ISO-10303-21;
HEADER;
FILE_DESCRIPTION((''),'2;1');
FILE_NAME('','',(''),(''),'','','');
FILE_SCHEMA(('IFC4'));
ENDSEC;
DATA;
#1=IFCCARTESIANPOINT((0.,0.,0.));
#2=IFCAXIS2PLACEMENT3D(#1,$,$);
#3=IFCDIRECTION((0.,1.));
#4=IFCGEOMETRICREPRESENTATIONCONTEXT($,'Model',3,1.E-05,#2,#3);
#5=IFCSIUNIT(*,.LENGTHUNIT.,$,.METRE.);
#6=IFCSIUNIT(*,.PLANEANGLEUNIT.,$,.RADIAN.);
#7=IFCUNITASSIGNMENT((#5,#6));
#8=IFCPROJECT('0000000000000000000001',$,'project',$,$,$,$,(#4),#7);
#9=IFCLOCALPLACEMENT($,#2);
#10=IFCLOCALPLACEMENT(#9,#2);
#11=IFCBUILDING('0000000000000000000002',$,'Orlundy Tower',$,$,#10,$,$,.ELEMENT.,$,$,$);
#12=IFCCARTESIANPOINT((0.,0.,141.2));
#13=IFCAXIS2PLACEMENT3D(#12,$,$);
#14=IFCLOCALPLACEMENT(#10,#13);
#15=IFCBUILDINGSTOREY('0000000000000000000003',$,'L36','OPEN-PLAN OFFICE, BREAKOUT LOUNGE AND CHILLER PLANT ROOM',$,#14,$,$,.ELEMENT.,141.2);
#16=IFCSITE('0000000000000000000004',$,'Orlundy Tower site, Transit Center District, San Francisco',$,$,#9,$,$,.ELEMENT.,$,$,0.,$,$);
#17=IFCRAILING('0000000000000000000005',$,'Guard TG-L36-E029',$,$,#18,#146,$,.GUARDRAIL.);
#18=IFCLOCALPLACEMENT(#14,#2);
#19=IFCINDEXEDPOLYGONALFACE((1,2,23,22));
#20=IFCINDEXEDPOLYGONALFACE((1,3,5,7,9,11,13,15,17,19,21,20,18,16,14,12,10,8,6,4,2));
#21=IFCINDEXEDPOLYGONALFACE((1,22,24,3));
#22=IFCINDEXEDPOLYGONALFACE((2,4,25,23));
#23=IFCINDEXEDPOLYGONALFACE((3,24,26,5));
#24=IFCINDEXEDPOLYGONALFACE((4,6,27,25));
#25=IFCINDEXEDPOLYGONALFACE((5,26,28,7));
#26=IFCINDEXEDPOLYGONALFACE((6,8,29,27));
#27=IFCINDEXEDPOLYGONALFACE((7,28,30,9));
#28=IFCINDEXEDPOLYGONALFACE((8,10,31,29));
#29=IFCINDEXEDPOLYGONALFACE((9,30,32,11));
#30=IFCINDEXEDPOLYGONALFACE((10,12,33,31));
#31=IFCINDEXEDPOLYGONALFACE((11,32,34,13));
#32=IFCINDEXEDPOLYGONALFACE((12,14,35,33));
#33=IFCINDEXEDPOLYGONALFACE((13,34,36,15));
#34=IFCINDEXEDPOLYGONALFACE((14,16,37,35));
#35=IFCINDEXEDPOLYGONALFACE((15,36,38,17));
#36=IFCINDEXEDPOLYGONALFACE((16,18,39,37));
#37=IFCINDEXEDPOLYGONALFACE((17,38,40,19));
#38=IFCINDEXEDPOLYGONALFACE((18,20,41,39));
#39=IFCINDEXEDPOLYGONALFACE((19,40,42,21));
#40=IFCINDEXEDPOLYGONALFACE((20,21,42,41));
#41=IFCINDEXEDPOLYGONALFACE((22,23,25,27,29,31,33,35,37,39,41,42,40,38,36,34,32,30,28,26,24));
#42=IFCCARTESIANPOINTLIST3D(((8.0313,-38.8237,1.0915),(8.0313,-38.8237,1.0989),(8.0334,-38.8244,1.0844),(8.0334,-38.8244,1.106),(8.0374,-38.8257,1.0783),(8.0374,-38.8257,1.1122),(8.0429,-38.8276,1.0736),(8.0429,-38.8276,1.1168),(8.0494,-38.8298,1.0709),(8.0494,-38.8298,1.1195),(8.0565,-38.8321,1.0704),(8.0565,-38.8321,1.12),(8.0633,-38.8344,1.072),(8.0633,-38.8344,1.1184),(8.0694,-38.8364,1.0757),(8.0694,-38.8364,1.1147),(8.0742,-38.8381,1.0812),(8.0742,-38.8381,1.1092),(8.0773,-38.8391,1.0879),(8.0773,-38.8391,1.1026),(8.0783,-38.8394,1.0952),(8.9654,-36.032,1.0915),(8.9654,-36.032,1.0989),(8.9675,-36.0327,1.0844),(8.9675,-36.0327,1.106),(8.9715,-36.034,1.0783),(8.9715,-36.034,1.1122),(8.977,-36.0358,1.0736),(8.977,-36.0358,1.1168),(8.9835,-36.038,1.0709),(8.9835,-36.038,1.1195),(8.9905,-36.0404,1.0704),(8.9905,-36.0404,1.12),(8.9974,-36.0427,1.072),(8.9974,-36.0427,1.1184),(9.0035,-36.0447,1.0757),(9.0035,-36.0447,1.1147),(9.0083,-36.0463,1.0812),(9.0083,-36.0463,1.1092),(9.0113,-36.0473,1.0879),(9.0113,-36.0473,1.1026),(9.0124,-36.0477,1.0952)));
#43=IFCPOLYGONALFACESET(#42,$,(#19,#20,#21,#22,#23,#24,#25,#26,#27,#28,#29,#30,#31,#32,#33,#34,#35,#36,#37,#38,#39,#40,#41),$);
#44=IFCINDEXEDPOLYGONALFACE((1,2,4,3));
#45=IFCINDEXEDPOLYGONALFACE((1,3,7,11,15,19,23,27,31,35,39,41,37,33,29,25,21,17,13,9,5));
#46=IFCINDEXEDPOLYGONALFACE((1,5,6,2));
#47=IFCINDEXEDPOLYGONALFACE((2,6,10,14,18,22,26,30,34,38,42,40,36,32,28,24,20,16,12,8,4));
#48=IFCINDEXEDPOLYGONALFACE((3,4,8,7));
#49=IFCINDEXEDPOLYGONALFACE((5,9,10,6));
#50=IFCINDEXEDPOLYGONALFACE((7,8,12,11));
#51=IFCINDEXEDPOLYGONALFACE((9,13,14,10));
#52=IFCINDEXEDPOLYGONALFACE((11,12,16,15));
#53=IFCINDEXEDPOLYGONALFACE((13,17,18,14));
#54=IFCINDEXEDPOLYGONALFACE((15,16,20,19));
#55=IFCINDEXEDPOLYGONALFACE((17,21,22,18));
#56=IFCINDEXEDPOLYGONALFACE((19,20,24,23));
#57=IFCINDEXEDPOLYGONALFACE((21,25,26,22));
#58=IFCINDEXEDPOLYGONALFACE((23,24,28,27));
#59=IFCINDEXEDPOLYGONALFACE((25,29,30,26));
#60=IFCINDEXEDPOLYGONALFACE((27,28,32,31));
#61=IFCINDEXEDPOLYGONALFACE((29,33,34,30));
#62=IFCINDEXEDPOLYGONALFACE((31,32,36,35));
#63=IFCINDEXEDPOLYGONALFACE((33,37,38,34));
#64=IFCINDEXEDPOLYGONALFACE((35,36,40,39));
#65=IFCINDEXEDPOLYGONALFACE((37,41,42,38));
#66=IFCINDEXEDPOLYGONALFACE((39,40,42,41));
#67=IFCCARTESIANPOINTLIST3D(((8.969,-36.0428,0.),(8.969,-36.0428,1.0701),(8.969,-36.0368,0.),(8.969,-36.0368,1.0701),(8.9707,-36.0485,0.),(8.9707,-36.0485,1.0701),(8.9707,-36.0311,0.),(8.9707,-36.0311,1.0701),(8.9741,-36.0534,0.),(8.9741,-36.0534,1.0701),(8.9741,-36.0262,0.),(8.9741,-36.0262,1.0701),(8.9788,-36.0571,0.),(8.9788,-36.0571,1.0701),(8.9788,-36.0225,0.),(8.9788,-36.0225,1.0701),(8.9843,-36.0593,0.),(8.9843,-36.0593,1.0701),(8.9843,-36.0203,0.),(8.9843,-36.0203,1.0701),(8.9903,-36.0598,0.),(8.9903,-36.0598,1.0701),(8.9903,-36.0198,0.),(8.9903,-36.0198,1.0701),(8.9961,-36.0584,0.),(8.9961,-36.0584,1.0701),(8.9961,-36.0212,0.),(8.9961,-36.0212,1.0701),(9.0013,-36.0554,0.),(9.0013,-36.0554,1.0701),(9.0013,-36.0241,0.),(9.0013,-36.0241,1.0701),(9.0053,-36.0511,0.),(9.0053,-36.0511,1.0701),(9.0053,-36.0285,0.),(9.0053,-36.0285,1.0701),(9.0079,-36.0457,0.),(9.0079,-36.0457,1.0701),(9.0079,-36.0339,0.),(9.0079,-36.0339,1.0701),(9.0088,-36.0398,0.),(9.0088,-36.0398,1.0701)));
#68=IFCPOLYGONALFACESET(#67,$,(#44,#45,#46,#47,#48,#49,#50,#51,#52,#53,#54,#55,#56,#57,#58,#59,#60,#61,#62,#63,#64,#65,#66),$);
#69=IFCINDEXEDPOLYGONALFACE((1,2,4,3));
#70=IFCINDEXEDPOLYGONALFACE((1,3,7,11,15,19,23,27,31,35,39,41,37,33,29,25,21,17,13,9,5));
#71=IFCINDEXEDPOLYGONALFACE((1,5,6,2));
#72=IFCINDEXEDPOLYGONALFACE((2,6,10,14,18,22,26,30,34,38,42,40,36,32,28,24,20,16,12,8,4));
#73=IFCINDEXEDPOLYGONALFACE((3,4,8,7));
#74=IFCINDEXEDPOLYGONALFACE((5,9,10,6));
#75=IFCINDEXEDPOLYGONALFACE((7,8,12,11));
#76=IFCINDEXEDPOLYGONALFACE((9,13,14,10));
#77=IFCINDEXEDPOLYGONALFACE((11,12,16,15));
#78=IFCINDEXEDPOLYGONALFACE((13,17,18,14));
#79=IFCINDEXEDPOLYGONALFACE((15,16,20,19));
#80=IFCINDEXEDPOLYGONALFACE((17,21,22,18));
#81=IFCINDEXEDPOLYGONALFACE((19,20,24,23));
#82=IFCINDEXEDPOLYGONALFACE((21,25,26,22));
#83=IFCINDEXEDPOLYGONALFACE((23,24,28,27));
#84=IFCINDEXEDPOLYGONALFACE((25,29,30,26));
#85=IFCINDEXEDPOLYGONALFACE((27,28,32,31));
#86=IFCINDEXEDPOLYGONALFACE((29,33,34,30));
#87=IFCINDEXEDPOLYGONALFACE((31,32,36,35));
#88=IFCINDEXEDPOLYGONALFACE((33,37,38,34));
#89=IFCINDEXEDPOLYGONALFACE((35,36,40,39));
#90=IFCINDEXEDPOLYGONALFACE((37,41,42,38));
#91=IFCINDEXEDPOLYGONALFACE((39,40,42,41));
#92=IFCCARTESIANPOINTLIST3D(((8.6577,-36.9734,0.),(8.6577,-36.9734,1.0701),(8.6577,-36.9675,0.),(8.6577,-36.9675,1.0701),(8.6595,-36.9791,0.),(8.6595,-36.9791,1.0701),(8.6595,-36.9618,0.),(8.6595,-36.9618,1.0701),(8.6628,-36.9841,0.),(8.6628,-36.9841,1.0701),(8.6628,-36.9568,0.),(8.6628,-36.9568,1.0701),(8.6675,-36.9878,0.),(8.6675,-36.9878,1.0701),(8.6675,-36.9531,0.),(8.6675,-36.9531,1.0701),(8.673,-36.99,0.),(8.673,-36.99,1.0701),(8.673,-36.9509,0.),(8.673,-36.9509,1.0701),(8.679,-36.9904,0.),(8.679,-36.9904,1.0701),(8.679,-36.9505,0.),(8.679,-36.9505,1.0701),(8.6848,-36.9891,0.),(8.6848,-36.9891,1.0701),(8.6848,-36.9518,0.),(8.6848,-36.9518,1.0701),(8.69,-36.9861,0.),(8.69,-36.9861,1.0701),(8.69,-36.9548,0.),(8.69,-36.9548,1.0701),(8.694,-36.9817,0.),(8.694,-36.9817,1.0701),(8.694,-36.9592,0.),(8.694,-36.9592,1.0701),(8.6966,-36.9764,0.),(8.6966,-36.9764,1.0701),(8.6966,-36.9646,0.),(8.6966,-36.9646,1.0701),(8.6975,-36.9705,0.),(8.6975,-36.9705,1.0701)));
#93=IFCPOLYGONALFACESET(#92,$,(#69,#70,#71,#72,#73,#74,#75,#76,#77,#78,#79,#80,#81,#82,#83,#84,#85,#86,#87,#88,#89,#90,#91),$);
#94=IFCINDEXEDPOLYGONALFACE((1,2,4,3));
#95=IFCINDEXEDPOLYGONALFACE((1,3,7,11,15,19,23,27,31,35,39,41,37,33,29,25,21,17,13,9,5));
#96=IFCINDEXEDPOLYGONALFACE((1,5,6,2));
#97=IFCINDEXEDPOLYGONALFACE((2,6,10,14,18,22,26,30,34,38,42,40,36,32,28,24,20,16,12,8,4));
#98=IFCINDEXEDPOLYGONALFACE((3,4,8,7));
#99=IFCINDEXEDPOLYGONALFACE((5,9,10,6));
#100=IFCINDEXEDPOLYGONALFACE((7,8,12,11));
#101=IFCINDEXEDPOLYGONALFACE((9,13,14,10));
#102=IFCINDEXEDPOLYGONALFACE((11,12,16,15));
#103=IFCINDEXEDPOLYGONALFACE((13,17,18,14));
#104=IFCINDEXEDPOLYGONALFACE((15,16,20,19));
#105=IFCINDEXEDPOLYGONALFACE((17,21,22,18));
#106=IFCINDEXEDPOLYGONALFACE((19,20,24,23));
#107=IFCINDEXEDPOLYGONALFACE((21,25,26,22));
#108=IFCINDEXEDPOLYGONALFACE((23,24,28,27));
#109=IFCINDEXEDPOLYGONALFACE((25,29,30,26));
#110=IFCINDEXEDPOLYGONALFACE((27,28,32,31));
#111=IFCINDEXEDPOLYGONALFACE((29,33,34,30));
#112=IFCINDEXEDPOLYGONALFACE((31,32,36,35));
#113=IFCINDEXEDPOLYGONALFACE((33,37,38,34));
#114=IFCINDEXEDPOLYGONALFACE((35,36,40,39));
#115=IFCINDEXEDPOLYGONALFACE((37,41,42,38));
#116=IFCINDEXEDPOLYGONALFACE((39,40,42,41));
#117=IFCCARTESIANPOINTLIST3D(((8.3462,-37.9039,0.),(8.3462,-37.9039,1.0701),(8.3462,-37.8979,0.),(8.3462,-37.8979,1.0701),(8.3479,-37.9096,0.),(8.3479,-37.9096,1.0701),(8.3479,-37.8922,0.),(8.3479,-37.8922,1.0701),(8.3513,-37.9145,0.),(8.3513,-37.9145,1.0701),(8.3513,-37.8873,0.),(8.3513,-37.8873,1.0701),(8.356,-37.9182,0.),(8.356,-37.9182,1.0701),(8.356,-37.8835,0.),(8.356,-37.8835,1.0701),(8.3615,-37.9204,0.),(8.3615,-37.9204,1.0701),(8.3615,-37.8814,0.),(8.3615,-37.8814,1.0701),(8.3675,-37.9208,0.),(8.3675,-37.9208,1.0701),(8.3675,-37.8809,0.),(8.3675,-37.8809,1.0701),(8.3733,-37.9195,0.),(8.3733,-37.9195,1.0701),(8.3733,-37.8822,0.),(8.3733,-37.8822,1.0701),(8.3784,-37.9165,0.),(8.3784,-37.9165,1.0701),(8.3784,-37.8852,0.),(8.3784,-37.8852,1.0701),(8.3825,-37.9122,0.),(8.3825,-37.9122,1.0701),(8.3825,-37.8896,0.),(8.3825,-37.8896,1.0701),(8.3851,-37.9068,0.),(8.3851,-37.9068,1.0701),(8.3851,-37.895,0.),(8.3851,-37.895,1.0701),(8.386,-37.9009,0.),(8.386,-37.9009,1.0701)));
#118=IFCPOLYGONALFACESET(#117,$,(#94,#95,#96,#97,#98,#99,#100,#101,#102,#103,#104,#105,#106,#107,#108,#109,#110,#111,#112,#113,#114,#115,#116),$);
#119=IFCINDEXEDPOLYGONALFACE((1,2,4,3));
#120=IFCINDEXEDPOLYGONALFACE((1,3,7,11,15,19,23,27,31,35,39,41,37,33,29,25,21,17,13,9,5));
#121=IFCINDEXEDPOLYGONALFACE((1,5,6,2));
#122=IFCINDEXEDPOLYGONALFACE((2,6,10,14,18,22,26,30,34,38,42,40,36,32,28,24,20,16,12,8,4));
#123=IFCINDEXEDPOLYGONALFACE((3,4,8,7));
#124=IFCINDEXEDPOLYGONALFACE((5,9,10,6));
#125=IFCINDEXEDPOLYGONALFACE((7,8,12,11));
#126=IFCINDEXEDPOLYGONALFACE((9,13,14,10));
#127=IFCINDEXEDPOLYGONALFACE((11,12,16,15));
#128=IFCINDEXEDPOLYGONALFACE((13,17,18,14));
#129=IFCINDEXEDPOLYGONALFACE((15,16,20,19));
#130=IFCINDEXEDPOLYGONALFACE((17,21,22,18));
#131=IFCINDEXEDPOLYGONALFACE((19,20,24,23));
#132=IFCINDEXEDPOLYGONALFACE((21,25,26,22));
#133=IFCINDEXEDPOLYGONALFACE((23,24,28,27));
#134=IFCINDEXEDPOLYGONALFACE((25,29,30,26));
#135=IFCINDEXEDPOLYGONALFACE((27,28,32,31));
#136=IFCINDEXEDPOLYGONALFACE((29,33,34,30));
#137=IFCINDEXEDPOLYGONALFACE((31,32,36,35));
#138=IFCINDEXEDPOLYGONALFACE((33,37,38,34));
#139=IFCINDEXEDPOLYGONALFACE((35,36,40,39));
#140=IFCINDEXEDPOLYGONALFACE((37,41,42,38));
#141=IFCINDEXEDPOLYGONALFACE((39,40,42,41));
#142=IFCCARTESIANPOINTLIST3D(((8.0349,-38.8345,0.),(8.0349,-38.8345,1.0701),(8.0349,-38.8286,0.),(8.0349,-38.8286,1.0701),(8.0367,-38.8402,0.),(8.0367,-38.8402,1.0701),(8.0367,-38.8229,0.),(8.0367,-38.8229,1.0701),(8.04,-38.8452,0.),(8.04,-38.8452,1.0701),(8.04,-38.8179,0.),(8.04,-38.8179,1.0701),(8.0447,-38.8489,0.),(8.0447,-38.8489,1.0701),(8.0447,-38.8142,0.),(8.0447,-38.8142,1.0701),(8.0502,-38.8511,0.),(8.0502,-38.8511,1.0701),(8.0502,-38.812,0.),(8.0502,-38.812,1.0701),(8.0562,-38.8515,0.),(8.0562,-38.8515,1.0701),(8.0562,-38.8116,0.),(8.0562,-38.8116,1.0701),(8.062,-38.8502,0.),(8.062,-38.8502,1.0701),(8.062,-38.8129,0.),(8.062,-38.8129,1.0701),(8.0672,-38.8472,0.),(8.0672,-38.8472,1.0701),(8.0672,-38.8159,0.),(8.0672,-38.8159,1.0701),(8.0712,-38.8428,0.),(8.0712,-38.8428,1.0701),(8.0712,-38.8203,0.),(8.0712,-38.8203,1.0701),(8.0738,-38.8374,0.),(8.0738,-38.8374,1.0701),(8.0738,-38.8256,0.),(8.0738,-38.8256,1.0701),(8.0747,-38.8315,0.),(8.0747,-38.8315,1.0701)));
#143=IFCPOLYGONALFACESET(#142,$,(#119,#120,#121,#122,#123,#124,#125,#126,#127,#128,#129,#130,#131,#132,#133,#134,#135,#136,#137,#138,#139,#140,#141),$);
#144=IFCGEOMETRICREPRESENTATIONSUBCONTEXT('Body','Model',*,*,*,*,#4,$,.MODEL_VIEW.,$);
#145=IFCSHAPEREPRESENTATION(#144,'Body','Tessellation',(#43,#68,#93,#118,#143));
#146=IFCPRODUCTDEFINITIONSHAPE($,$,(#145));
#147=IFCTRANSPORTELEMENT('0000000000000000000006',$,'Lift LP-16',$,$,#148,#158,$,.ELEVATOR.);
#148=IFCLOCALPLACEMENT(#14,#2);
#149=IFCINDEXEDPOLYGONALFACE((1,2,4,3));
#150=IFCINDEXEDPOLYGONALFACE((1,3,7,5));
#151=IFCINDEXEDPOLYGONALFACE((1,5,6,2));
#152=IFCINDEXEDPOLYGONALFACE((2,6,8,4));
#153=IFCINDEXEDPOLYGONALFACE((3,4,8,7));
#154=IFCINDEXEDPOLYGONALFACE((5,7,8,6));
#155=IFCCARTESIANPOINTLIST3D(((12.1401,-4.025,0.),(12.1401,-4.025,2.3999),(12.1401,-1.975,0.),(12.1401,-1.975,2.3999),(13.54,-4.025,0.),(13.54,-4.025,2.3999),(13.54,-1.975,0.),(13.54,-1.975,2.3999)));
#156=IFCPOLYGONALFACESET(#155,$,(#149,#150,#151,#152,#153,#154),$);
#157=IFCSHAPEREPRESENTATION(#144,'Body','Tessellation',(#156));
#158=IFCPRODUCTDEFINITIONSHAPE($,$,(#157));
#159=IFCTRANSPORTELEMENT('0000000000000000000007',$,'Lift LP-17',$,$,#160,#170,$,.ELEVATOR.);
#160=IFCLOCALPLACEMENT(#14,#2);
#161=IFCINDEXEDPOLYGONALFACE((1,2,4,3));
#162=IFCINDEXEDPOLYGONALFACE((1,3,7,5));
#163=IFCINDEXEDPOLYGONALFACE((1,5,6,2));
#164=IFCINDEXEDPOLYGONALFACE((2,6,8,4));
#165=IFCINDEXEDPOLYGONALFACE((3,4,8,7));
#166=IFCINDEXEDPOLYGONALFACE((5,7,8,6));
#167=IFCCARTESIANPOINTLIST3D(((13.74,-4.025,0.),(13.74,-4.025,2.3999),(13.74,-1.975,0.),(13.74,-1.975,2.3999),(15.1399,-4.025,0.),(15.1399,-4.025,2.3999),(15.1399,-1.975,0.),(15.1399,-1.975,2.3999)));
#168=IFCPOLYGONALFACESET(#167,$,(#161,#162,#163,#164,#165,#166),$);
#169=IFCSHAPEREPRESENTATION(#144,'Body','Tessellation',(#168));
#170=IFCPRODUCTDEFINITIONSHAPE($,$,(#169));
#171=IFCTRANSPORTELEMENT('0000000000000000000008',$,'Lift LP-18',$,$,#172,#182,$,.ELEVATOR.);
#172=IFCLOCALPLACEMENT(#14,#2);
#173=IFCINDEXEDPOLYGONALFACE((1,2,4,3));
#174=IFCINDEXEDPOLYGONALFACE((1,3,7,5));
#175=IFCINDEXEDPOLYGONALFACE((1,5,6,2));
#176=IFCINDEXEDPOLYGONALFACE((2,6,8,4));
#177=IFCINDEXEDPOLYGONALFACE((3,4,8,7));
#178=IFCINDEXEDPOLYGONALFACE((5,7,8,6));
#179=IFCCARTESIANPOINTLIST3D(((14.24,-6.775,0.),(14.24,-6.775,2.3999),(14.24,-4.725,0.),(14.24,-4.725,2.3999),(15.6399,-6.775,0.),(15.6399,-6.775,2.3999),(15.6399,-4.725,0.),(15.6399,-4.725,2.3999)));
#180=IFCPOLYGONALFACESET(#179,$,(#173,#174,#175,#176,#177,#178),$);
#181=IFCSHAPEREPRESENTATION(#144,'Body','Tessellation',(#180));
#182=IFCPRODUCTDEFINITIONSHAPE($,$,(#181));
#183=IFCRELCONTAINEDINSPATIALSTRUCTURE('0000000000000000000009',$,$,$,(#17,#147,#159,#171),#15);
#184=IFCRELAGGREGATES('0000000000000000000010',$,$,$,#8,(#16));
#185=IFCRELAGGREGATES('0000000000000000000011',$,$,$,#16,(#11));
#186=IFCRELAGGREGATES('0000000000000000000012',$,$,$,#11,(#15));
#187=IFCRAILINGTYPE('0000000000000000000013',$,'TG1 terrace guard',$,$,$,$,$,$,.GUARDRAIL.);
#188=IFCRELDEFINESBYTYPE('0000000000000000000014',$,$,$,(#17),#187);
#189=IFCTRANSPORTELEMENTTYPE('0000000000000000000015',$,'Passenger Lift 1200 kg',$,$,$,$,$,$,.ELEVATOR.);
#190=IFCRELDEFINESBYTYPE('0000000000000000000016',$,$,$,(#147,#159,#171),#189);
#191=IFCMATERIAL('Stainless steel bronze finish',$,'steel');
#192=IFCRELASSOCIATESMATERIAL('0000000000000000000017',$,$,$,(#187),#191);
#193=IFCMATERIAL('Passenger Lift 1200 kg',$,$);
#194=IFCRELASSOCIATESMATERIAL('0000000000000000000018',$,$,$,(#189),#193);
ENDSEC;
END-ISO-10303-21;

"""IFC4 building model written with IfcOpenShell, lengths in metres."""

from ifc_helpers import new_model, si_unit, direction, frame, origin, origin_2d, place, context, subcontext, project, spatial, rectangle, circle, extrude, material, type_object, element, save


model = new_model("IFC4")

# Units and contexts
model_context = context("Model", 3, precision=1e-05, world=origin(), true_north=direction((0.0, 1.0)))
body_context = subcontext(model_context, "Body", "Model", "MODEL_VIEW")
ifc_project = project(units=[si_unit("LENGTHUNIT", "METRE"), si_unit("PLANEANGLEUNIT", "RADIAN")], contexts=[model_context])

# Site, building, storey
site_placement = place(None, origin())
site = spatial("IfcSite", under=ifc_project, at=site_placement, Name="Orlundy Tower site, Transit Center District, San Francisco", CompositionType="ELEMENT", RefElevation=0.0)
building_placement = place(site_placement, origin())
building = spatial("IfcBuilding", under=site, at=building_placement, Name="Orlundy Tower", CompositionType="ELEMENT")
storey_placement = place(building_placement, frame((0.0, 0.0, 141.2)))
storey = spatial("IfcBuildingStorey", under=building, at=storey_placement, Name="L36", Description="OPEN-PLAN OFFICE, BREAKOUT LOUNGE AND CHILLER PLANT ROOM", CompositionType="ELEMENT", Elevation=141.2)

# Railing
ifc_material_1 = material(Name="Stainless steel bronze finish", Category="steel")
railing_type = type_object("IfcRailingType", Name="TG1 terrace guard", PredefinedType="GUARDRAIL", material=ifc_material_1)
railing_1_placement = place(storey_placement, frame((8.9888, -36.0398, 0.0)))
element("IfcRailing", 1, at=railing_1_placement, inside=storey, type_object=railing_type, Name="Guard TG-L36-E029", PredefinedType="GUARDRAIL", context=body_context, shape_type="SweptSolid", body=[
    extrude(circle(Radius=0.0249, at=origin_2d()), frame((0.0, 0.0, 1.0952), z_axis=(-0.317297, -0.948326, 0.0), x_axis=(0.948326, -0.317297, 0.0)), (0.0, 0.0, 1.0), 2.9438),
    extrude(circle(Radius=0.02, at=origin_2d()), origin(), (0.0, 0.0, 1.0), 1.0701),
    extrude(circle(Radius=0.02, at=origin_2d()), frame((-0.3113, -0.9307, 0.0)), (0.0, 0.0, 1.0), 1.0701),
    extrude(circle(Radius=0.02, at=origin_2d()), frame((-0.6228, -1.8611, 0.0)), (0.0, 0.0, 1.0), 1.0701),
    extrude(circle(Radius=0.02, at=origin_2d()), frame((-0.9341, -2.7917, 0.0)), (0.0, 0.0, 1.0), 1.0701),
])

# Transport elements
ifc_material_2 = material(Name="Passenger Lift 1200 kg")
transport_element_type = type_object("IfcTransportElementType", Name="Passenger Lift 1200 kg", PredefinedType="ELEVATOR", material=ifc_material_2)
for number, where, z_axis, x_axis, name in (
    (2, (12.8401, -3.0, 0.0), (0.0, 0.0, 1.0), (1.0, 0.0, 0.0), "Lift LP-16"),
    (3, (14.4399, -3.0, 0.0), (0.0, 0.0, 1.0), (1.0, 0.0, 0.0), "Lift LP-17"),
    (4, (14.9399, -5.75, 0.0), (0.0, 0.0, 1.0), (1.0, 0.0, 0.0), "Lift LP-18"),
):
    element("IfcTransportElement", number, at=place(storey_placement, frame(where, z_axis=z_axis, x_axis=x_axis)), inside=storey, type_object=transport_element_type, Name=name, PredefinedType="ELEVATOR", context=body_context, shape_type="SweptSolid", body=[
        extrude(rectangle(XDim=1.3999, YDim=2.05, at=origin_2d()), origin(), (0.0, 0.0, 1.0), 2.3999),
    ])

save(model, "model.ifc")
